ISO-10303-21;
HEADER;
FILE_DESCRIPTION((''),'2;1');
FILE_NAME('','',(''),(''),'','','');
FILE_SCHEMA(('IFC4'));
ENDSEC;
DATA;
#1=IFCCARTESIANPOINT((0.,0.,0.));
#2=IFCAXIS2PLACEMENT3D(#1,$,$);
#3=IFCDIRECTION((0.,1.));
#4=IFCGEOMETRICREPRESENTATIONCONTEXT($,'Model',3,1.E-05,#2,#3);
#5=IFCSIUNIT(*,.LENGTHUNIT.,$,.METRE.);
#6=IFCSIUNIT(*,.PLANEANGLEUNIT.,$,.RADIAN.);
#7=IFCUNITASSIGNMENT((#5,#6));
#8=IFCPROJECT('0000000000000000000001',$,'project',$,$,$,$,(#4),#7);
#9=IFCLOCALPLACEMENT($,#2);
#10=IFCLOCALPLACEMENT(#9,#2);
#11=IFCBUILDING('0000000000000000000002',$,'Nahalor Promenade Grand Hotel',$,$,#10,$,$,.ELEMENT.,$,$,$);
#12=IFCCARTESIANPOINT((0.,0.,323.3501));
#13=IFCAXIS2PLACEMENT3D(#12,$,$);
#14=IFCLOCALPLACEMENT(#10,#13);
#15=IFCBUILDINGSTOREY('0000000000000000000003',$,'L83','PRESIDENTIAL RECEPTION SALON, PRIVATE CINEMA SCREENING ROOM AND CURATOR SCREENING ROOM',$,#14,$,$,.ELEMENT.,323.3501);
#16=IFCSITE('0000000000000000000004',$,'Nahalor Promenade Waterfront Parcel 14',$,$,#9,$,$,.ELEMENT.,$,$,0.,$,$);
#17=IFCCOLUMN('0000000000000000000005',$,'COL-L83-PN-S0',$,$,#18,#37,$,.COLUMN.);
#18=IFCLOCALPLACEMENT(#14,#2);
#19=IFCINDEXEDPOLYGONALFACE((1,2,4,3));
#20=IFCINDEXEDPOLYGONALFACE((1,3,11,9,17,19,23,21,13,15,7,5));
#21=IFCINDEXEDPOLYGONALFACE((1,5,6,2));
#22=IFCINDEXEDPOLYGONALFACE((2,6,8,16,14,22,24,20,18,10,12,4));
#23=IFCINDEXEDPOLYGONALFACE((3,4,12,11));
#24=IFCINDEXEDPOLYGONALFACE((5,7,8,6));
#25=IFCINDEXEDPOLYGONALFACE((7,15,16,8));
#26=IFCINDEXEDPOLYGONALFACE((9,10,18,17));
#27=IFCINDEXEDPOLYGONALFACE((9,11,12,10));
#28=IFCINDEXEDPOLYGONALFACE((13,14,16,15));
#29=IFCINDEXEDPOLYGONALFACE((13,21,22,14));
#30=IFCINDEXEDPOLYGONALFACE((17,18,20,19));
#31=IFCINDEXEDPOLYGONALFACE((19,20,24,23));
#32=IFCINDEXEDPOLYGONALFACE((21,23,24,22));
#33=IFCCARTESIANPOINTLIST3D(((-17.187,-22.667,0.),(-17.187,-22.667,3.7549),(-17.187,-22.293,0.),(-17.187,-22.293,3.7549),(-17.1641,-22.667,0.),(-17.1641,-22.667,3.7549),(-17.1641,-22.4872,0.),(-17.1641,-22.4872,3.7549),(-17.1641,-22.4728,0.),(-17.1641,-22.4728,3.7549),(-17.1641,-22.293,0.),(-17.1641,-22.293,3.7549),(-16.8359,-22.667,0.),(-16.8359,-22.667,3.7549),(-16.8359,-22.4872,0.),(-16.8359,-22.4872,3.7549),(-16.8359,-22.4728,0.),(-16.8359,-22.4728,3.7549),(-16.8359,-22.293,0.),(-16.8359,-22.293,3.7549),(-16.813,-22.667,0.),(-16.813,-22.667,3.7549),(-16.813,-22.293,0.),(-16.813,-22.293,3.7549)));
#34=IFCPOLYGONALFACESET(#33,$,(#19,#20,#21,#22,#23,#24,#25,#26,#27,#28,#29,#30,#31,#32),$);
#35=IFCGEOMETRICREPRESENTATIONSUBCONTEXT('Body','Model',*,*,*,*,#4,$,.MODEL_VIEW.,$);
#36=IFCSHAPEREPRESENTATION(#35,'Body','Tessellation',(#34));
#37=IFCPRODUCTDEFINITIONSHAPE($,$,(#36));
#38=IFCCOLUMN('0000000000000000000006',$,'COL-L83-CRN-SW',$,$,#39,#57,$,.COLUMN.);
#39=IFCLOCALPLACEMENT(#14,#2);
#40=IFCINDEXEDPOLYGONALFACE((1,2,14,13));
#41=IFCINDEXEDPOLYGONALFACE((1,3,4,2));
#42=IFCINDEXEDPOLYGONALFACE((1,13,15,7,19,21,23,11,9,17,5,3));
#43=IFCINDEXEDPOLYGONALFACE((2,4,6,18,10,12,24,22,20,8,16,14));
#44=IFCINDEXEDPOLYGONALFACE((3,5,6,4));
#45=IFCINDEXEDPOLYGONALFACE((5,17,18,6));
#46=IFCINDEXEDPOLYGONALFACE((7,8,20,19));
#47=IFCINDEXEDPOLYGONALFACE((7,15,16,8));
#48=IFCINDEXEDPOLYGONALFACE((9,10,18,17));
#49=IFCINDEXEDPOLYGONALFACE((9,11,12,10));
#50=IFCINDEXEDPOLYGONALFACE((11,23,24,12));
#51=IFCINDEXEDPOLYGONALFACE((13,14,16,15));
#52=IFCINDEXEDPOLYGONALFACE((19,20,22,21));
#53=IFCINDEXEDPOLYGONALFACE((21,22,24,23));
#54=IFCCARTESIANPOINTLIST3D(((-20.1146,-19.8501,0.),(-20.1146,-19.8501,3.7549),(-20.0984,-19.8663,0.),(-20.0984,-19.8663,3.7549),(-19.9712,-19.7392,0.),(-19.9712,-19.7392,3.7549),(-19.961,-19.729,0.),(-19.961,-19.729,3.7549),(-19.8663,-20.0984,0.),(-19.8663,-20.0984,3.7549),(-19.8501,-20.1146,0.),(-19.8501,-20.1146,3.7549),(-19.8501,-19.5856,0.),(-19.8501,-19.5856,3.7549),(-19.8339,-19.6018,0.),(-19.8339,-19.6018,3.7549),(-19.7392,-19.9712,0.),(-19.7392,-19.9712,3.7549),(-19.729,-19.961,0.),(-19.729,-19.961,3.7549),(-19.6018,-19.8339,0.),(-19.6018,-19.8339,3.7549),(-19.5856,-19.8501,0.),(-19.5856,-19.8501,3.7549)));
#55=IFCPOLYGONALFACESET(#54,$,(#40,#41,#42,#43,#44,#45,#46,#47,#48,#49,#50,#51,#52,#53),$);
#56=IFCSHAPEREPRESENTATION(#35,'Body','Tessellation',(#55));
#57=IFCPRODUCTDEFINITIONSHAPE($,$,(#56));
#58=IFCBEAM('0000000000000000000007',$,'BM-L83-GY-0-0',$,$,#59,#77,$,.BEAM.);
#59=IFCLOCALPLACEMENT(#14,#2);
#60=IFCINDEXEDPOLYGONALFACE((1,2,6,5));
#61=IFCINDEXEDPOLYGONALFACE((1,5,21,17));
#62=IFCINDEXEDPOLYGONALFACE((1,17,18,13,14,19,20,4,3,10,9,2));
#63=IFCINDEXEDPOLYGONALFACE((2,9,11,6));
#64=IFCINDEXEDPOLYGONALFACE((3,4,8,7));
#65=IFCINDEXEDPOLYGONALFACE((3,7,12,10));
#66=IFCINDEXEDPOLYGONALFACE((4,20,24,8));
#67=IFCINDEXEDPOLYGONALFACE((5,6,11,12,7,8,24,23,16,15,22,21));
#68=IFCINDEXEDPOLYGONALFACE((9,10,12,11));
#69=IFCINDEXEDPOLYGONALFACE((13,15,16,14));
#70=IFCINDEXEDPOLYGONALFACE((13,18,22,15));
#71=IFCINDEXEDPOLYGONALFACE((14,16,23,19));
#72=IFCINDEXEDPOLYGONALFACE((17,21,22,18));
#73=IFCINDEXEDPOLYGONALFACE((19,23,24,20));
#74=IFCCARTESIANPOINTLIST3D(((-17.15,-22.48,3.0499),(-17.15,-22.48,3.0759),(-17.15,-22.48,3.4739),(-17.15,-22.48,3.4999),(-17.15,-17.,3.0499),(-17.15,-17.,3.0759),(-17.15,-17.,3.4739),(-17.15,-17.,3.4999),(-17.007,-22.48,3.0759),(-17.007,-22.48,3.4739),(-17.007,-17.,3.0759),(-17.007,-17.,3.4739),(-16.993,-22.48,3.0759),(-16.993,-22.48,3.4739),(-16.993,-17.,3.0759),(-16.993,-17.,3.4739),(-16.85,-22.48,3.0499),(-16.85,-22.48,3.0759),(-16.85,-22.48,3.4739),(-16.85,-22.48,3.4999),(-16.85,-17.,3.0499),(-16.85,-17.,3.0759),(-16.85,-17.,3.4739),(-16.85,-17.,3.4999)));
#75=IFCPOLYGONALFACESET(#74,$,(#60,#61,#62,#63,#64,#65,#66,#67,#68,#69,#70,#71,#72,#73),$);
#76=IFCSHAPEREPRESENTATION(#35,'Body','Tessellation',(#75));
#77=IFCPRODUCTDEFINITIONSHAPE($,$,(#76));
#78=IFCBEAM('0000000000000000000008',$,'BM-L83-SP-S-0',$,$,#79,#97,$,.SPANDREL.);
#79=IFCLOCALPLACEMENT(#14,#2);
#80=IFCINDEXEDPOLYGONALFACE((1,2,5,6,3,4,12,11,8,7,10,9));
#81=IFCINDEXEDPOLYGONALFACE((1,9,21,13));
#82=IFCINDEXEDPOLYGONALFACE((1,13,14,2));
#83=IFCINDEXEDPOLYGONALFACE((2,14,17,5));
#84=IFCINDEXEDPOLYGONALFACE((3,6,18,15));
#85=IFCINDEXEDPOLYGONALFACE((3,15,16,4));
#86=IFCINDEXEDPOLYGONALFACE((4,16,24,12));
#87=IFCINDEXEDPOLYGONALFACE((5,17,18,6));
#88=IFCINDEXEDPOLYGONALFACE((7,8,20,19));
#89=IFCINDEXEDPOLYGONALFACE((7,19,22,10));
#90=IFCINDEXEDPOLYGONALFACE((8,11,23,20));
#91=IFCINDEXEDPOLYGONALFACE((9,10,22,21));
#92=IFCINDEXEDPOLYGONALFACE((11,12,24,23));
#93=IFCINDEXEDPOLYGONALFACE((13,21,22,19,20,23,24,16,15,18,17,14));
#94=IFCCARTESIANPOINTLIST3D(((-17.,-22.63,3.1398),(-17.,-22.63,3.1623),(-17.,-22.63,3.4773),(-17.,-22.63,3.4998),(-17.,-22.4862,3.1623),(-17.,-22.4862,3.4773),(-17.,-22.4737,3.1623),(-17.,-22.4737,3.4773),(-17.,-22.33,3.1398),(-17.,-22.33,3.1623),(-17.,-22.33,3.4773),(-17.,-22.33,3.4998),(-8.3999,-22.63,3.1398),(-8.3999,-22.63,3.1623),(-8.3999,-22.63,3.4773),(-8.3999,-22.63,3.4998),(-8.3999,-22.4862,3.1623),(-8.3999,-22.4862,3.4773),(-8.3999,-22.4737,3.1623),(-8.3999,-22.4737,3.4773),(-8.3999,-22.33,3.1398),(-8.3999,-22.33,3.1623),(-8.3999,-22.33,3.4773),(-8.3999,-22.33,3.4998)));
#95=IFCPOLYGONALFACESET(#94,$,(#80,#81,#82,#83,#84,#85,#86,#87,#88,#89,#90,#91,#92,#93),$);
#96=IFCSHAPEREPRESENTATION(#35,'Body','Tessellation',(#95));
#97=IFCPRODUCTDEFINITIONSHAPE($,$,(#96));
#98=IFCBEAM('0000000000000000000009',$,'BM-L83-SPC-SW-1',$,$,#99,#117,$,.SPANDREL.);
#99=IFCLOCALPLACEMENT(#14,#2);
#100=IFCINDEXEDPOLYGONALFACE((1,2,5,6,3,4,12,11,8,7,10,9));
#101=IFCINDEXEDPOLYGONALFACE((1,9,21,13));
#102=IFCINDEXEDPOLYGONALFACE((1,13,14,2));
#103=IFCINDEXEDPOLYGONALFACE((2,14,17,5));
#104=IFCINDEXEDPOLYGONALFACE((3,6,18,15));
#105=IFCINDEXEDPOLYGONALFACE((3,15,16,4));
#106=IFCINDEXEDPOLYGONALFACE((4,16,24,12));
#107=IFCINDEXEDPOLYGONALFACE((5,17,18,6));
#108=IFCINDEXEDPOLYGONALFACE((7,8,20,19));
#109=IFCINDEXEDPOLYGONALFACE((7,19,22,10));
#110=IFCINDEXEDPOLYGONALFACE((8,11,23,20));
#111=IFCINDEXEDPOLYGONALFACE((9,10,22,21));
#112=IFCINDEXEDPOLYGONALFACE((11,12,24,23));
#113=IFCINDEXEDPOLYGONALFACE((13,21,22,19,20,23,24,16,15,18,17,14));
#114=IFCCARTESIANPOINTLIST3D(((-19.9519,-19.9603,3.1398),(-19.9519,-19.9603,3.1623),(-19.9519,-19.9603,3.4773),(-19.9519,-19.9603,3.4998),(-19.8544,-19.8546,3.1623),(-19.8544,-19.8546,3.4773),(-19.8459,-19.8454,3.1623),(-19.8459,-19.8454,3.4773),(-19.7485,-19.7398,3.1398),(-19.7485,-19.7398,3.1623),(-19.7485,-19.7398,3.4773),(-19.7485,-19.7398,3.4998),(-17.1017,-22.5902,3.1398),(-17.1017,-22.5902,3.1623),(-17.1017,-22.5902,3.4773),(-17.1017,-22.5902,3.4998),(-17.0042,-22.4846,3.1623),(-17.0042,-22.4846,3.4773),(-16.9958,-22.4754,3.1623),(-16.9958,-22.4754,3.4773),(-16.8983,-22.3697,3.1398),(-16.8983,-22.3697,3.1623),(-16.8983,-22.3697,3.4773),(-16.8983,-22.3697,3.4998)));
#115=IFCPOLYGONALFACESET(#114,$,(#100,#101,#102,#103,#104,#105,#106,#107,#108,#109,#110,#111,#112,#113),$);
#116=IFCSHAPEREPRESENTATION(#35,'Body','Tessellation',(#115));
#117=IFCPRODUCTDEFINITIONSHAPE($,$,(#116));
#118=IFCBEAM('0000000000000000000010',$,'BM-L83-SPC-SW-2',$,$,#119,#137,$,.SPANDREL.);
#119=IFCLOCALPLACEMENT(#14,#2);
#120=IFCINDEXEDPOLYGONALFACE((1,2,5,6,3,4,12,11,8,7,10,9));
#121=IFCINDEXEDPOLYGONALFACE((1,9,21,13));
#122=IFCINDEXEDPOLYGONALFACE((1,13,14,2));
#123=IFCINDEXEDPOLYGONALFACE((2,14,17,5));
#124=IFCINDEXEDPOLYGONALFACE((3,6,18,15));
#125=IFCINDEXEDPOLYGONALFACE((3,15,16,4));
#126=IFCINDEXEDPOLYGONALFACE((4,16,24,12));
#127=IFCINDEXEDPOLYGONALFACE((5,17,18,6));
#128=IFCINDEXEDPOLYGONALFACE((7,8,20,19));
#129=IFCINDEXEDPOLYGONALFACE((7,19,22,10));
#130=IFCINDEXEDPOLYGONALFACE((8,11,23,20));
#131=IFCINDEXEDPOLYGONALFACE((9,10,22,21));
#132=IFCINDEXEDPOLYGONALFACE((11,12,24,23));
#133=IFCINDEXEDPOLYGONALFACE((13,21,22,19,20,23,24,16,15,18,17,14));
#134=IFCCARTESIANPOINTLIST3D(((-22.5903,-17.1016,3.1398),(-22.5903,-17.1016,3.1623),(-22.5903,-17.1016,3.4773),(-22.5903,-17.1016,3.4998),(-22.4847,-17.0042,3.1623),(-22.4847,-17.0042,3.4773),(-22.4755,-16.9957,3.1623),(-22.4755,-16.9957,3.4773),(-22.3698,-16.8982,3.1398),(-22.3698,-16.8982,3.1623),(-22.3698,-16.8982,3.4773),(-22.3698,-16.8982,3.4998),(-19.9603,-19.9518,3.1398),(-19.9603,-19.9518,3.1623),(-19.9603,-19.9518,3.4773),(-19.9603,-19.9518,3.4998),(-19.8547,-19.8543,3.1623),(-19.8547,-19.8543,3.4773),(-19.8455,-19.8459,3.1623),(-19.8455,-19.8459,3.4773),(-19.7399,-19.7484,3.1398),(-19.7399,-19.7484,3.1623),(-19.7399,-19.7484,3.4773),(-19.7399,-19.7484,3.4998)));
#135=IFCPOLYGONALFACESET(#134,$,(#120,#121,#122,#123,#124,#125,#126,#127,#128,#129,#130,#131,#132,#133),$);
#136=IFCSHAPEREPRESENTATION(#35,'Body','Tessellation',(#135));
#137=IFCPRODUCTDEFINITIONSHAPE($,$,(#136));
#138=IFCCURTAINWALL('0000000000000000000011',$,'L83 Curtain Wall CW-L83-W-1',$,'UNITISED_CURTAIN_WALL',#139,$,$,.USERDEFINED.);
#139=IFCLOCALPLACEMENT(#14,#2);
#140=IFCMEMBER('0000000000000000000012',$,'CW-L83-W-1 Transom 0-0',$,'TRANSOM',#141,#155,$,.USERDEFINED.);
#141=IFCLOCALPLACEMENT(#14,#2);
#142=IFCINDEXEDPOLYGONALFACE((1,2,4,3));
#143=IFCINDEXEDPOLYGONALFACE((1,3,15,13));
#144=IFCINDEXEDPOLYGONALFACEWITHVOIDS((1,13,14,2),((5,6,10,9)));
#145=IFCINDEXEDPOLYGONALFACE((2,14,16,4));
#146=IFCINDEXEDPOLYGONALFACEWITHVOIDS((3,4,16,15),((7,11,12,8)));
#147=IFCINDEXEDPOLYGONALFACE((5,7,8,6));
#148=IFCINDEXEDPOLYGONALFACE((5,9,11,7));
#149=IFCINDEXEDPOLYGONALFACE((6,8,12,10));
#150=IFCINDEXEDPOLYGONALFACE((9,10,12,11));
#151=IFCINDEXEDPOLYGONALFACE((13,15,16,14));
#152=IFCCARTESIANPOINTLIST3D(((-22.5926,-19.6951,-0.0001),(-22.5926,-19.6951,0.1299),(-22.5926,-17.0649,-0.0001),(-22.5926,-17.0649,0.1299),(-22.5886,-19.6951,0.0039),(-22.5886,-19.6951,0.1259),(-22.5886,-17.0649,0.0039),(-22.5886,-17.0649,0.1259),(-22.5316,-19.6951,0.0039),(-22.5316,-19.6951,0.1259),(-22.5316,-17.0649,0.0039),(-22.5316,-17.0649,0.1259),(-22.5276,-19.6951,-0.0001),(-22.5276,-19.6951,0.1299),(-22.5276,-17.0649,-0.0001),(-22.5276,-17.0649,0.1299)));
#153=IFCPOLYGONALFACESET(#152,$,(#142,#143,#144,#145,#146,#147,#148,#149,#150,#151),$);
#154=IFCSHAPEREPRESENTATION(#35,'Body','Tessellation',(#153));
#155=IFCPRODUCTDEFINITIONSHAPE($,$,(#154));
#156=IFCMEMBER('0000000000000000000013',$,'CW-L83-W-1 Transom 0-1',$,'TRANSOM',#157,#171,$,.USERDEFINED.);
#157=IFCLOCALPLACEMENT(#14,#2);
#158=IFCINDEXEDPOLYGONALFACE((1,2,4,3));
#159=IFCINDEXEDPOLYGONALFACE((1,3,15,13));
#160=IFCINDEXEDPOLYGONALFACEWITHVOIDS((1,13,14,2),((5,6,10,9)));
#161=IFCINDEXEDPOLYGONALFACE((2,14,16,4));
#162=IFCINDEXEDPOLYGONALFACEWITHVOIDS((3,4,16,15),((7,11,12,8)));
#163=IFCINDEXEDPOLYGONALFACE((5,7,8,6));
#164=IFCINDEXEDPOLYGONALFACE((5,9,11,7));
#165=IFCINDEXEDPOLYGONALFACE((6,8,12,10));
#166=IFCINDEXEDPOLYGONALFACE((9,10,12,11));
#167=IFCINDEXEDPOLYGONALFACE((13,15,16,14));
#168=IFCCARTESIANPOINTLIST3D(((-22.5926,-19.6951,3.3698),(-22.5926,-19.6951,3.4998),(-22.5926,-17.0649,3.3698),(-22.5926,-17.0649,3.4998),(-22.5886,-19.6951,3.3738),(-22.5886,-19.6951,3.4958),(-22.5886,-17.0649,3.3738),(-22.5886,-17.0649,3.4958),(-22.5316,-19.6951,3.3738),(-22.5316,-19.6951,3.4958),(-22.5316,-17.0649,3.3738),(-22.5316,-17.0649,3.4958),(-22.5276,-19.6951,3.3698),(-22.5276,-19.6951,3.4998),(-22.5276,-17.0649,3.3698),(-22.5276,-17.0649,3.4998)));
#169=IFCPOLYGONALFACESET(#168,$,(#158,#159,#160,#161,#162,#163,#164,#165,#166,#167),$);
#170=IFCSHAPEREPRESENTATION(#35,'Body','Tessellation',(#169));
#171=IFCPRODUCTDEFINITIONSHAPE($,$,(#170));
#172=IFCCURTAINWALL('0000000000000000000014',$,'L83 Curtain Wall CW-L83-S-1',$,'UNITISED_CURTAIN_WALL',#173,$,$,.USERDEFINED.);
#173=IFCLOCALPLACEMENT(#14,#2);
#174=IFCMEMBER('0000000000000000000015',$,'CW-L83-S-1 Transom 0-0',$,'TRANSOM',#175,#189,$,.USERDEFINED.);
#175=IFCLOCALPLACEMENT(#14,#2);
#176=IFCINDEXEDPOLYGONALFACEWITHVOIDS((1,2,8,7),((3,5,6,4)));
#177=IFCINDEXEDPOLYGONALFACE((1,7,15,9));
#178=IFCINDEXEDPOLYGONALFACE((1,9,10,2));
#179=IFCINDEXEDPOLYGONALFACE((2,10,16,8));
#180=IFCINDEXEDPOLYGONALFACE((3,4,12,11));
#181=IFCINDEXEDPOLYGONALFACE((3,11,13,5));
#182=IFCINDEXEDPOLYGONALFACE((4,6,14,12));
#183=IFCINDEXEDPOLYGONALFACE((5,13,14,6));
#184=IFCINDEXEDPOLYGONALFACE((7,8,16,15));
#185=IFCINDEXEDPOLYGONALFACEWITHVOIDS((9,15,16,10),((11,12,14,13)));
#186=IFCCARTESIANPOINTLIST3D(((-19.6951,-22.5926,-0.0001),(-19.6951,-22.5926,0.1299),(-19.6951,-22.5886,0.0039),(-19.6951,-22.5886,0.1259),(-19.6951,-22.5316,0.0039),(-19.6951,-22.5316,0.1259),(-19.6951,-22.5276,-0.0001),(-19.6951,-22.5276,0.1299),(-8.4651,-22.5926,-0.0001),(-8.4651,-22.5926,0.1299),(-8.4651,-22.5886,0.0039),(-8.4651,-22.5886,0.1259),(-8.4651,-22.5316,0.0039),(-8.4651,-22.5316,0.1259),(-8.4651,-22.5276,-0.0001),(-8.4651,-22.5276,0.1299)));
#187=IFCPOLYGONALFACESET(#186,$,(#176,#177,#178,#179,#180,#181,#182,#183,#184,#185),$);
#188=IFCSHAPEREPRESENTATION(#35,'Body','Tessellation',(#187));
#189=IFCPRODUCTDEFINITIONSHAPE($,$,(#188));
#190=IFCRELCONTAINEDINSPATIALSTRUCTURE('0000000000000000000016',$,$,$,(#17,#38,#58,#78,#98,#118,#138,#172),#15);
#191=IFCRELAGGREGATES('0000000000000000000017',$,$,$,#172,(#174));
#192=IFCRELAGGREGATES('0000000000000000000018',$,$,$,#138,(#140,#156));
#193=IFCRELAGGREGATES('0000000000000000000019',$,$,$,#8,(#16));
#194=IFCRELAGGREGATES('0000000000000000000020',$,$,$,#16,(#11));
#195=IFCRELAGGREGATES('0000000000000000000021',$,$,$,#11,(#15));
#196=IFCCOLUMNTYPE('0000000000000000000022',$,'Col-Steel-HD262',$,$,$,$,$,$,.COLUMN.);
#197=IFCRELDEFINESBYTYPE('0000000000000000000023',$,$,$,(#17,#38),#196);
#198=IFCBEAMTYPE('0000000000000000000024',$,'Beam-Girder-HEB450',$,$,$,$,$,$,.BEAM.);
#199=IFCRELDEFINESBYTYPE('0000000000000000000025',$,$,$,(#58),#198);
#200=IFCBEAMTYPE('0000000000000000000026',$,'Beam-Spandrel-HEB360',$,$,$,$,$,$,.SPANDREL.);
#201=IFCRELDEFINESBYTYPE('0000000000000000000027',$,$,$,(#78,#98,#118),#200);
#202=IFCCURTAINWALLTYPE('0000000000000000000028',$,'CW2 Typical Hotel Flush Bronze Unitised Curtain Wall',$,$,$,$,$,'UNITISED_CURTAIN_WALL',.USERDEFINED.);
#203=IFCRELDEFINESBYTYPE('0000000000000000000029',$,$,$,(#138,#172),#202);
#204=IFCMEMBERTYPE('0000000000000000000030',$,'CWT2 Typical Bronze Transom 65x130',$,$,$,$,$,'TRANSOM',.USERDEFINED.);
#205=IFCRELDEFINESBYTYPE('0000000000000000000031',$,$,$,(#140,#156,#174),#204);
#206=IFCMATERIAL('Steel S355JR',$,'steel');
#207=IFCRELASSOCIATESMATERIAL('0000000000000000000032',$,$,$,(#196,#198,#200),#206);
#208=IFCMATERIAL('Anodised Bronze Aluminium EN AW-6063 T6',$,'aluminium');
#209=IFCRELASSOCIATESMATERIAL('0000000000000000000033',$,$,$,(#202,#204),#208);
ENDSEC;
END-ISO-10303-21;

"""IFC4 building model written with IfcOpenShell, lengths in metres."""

from ifc_helpers import new_model, si_unit, direction, frame, origin, origin_2d, place, context, subcontext, project, spatial, hollow_rectangle, i_section, extrude, source, transform, mapped, material, material_profile, profile_set, type_object, element, aggregate, save


model = new_model("IFC4")

# Units and contexts
model_context = context("Model", 3, precision=1e-05, world=origin(), true_north=direction((0.0, 1.0)))
body_context = subcontext(model_context, "Body", "Model", "MODEL_VIEW")
ifc_project = project(units=[si_unit("LENGTHUNIT", "METRE"), si_unit("PLANEANGLEUNIT", "RADIAN")], contexts=[model_context])

# Site, building, storey
site_placement = place(None, origin())
site = spatial("IfcSite", under=ifc_project, at=site_placement, Name="Nahalor Promenade Waterfront Parcel 14", CompositionType="ELEMENT", RefElevation=0.0)
building_placement = place(site_placement, origin())
building = spatial("IfcBuilding", under=site, at=building_placement, Name="Nahalor Promenade Grand Hotel", CompositionType="ELEMENT")
storey_placement = place(building_placement, frame((0.0, 0.0, 323.3501)))
storey = spatial("IfcBuildingStorey", under=building, at=storey_placement, Name="L83", Description="PRESIDENTIAL RECEPTION SALON, PRIVATE CINEMA SCREENING ROOM AND CURATOR SCREENING ROOM", CompositionType="ELEMENT", Elevation=323.3501)

# Columns
ifc_material_1 = material(Name="Steel S355JR", Category="steel")
ifc_material_profile_1 = material_profile(ifc_material_1, i_section(OverallWidth=0.374, OverallDepth=0.374, WebThickness=0.0144, FlangeThickness=0.0229, at=origin_2d()), Name="HD 360x262")
ifc_profile_set_1 = profile_set([ifc_material_profile_1], Name="Steel S355JR")
column_type = type_object("IfcColumnType", Name="Col-Steel-HD262", PredefinedType="COLUMN", material=ifc_profile_set_1)
shared_shape_1 = source(origin(), body_context, "Body", "SweptSolid", [
    extrude(i_section(OverallWidth=0.374, OverallDepth=0.374, WebThickness=0.0144, FlangeThickness=0.0229, at=origin_2d()), origin(), (0.0, 0.0, 1.0), 3.7549),
])
for number, where, z_axis, x_axis, name in (
    (1, (-17.0, -22.48, 0.0), (0.0, 0.0, 1.0), (0.0, 1.0, 0.0), "COL-L83-PN-S0"),
    (2, (-19.8501, -19.8501, 0.0), (0.0, 0.0, 1.0), (0.707107, 0.707107, 0.0), "COL-L83-CRN-SW"),
):
    element("IfcColumn", number, at=place(storey_placement, frame(where, z_axis=z_axis, x_axis=x_axis)), inside=storey, type_object=column_type, Name=name, PredefinedType="COLUMN", context=body_context, shape_type="MappedRepresentation", body=[
        mapped(shared_shape_1, transform((0.0, 0.0, 0.0), scale=1.0)),
    ])

# Beams
ifc_material_profile_2 = material_profile(ifc_material_1, i_section(OverallWidth=0.3, OverallDepth=0.45, WebThickness=0.014, FlangeThickness=0.026, at=origin_2d()), Name="HEB 450")
ifc_profile_set_2 = profile_set([ifc_material_profile_2], Name="Steel S355JR")
beam_type_1 = type_object("IfcBeamType", Name="Beam-Girder-HEB450", PredefinedType="BEAM", material=ifc_profile_set_2)
shared_shape_2 = source(origin(), body_context, "Body", "SweptSolid", [
    extrude(i_section(OverallWidth=0.3, OverallDepth=0.45, WebThickness=0.014, FlangeThickness=0.026, at=origin_2d()), origin(), (0.0, 0.0, 1.0), 5.48),
])
beam_1_placement = place(storey_placement, frame((-17.0, -22.48, 3.2749), z_axis=(0.0, 1.0, 0.0), x_axis=(-1.0, 0.0, 0.0)))
element("IfcBeam", 3, at=beam_1_placement, inside=storey, type_object=beam_type_1, Name="BM-L83-GY-0-0", PredefinedType="BEAM", context=body_context, shape_type="MappedRepresentation", body=[
    mapped(shared_shape_2, transform((0.0, 0.0, 0.0), scale=1.0)),
])
ifc_material_profile_3 = material_profile(ifc_material_1, i_section(OverallWidth=0.3, OverallDepth=0.36, WebThickness=0.0125, FlangeThickness=0.0225, at=origin_2d()), Name="HEB 360")
ifc_profile_set_3 = profile_set([ifc_material_profile_3], Name="Steel S355JR")
beam_type_2 = type_object("IfcBeamType", Name="Beam-Spandrel-HEB360", PredefinedType="SPANDREL", material=ifc_profile_set_3)
shared_shape_3 = source(origin(), body_context, "Body", "SweptSolid", [
    extrude(i_section(OverallWidth=0.3, OverallDepth=0.36, WebThickness=0.0125, FlangeThickness=0.0225, at=origin_2d()), origin(), (0.0, 0.0, 1.0), 8.6001),
])
beam_2_placement = place(storey_placement, frame((-17.0, -22.48, 3.3198), z_axis=(1.0, 0.0, 0.0), x_axis=(0.0, 1.0, 0.0)))
element("IfcBeam", 4, at=beam_2_placement, inside=storey, type_object=beam_type_2, Name="BM-L83-SP-S-0", PredefinedType="SPANDREL", context=body_context, shape_type="MappedRepresentation", body=[
    mapped(shared_shape_3, transform((0.0, 0.0, 0.0), scale=1.0)),
])
shared_shape_4 = source(origin(), body_context, "Body", "SweptSolid", [
    extrude(i_section(OverallWidth=0.3, OverallDepth=0.36, WebThickness=0.0125, FlangeThickness=0.0225, at=origin_2d()), origin(), (0.0, 0.0, 1.0), 3.8782),
])
for number, where, z_axis, x_axis, name in (
    (5, (-17.0, -22.48, 3.3198), (-0.734929, 0.678144, 0.0), (-0.678144, -0.734929, 0.0), "BM-L83-SPC-SW-1"),
    (6, (-19.8501, -19.8501, 3.3198), (-0.678144, 0.734929, 0.0), (-0.734929, -0.678144, 0.0), "BM-L83-SPC-SW-2"),
):
    element("IfcBeam", number, at=place(storey_placement, frame(where, z_axis=z_axis, x_axis=x_axis)), inside=storey, type_object=beam_type_2, Name=name, PredefinedType="SPANDREL", context=body_context, shape_type="MappedRepresentation", body=[
        mapped(shared_shape_4, transform((0.0, 0.0, 0.0), scale=1.0)),
    ])

# Curtain walls, members
ifc_material_2 = material(Name="Anodised Bronze Aluminium EN AW-6063 T6", Category="aluminium")
curtain_wall_type = type_object("IfcCurtainWallType", Name="CW2 Typical Hotel Flush Bronze Unitised Curtain Wall", ElementType="UNITISED_CURTAIN_WALL", PredefinedType="USERDEFINED", material=ifc_material_2)
curtain_wall_1_placement = place(storey_placement, origin())
curtain_wall_1 = element("IfcCurtainWall", 7, at=curtain_wall_1_placement, inside=storey, type_object=curtain_wall_type, Name="L83 Curtain Wall CW-L83-W-1", ObjectType="UNITISED_CURTAIN_WALL", PredefinedType="USERDEFINED")
ifc_material_profile_4 = material_profile(ifc_material_2, hollow_rectangle(XDim=0.065, YDim=0.13, WallThickness=0.004, at=origin_2d()), Name="CWT 65x130x4")
ifc_profile_set_4 = profile_set([ifc_material_profile_4], Name="Anodised Bronze Aluminium EN AW-6063 T6")
member_type_1 = type_object("IfcMemberType", Name="CWT2 Typical Bronze Transom 65x130", ElementType="TRANSOM", PredefinedType="USERDEFINED", material=ifc_profile_set_4)
shared_shape_5 = source(origin(), body_context, "Body", "SweptSolid", [
    extrude(hollow_rectangle(XDim=0.065, YDim=0.13, WallThickness=0.004, at=origin_2d()), origin(), (0.0, 0.0, 1.0), 2.6301),
])
member_1_placement = place(storey_placement, frame((-22.5601, -19.6951, 0.0649), z_axis=(0.0, 1.0, 0.0), x_axis=(-1.0, 0.0, 0.0)))
member_1 = element("IfcMember", 8, at=member_1_placement, type_object=member_type_1, Name="CW-L83-W-1 Transom 0-0", ObjectType="TRANSOM", PredefinedType="USERDEFINED", context=body_context, shape_type="MappedRepresentation", body=[
    mapped(shared_shape_5, transform((0.0, 0.0, 0.0), scale=1.0)),
])
member_2_placement = place(storey_placement, frame((-22.5601, -19.6951, 3.4348), z_axis=(0.0, 1.0, 0.0), x_axis=(-1.0, 0.0, 0.0)))
member_2 = element("IfcMember", 9, at=member_2_placement, type_object=member_type_1, Name="CW-L83-W-1 Transom 0-1", ObjectType="TRANSOM", PredefinedType="USERDEFINED", context=body_context, shape_type="MappedRepresentation", body=[
    mapped(shared_shape_5, transform((0.0, 0.0, 0.0), scale=1.0)),
])
curtain_wall_2_placement = place(storey_placement, origin())
curtain_wall_2 = element("IfcCurtainWall", 10, at=curtain_wall_2_placement, inside=storey, type_object=curtain_wall_type, Name="L83 Curtain Wall CW-L83-S-1", ObjectType="UNITISED_CURTAIN_WALL", PredefinedType="USERDEFINED")
shared_shape_6 = source(origin(), body_context, "Body", "SweptSolid", [
    extrude(hollow_rectangle(XDim=0.065, YDim=0.13, WallThickness=0.004, at=origin_2d()), origin(), (0.0, 0.0, 1.0), 11.23),
])
member_3_placement = place(storey_placement, frame((-19.6951, -22.5601, 0.0649), z_axis=(1.0, 0.0, 0.0), x_axis=(0.0, 1.0, 0.0)))
member_3 = element("IfcMember", 11, at=member_3_placement, type_object=member_type_1, Name="CW-L83-S-1 Transom 0-0", ObjectType="TRANSOM", PredefinedType="USERDEFINED", context=body_context, shape_type="MappedRepresentation", body=[
    mapped(shared_shape_6, transform((0.0, 0.0, 0.0), scale=1.0)),
])
aggregate(curtain_wall_2, [member_3])

aggregate(curtain_wall_1, [member_1, member_2])

save(model, "model.ifc")
